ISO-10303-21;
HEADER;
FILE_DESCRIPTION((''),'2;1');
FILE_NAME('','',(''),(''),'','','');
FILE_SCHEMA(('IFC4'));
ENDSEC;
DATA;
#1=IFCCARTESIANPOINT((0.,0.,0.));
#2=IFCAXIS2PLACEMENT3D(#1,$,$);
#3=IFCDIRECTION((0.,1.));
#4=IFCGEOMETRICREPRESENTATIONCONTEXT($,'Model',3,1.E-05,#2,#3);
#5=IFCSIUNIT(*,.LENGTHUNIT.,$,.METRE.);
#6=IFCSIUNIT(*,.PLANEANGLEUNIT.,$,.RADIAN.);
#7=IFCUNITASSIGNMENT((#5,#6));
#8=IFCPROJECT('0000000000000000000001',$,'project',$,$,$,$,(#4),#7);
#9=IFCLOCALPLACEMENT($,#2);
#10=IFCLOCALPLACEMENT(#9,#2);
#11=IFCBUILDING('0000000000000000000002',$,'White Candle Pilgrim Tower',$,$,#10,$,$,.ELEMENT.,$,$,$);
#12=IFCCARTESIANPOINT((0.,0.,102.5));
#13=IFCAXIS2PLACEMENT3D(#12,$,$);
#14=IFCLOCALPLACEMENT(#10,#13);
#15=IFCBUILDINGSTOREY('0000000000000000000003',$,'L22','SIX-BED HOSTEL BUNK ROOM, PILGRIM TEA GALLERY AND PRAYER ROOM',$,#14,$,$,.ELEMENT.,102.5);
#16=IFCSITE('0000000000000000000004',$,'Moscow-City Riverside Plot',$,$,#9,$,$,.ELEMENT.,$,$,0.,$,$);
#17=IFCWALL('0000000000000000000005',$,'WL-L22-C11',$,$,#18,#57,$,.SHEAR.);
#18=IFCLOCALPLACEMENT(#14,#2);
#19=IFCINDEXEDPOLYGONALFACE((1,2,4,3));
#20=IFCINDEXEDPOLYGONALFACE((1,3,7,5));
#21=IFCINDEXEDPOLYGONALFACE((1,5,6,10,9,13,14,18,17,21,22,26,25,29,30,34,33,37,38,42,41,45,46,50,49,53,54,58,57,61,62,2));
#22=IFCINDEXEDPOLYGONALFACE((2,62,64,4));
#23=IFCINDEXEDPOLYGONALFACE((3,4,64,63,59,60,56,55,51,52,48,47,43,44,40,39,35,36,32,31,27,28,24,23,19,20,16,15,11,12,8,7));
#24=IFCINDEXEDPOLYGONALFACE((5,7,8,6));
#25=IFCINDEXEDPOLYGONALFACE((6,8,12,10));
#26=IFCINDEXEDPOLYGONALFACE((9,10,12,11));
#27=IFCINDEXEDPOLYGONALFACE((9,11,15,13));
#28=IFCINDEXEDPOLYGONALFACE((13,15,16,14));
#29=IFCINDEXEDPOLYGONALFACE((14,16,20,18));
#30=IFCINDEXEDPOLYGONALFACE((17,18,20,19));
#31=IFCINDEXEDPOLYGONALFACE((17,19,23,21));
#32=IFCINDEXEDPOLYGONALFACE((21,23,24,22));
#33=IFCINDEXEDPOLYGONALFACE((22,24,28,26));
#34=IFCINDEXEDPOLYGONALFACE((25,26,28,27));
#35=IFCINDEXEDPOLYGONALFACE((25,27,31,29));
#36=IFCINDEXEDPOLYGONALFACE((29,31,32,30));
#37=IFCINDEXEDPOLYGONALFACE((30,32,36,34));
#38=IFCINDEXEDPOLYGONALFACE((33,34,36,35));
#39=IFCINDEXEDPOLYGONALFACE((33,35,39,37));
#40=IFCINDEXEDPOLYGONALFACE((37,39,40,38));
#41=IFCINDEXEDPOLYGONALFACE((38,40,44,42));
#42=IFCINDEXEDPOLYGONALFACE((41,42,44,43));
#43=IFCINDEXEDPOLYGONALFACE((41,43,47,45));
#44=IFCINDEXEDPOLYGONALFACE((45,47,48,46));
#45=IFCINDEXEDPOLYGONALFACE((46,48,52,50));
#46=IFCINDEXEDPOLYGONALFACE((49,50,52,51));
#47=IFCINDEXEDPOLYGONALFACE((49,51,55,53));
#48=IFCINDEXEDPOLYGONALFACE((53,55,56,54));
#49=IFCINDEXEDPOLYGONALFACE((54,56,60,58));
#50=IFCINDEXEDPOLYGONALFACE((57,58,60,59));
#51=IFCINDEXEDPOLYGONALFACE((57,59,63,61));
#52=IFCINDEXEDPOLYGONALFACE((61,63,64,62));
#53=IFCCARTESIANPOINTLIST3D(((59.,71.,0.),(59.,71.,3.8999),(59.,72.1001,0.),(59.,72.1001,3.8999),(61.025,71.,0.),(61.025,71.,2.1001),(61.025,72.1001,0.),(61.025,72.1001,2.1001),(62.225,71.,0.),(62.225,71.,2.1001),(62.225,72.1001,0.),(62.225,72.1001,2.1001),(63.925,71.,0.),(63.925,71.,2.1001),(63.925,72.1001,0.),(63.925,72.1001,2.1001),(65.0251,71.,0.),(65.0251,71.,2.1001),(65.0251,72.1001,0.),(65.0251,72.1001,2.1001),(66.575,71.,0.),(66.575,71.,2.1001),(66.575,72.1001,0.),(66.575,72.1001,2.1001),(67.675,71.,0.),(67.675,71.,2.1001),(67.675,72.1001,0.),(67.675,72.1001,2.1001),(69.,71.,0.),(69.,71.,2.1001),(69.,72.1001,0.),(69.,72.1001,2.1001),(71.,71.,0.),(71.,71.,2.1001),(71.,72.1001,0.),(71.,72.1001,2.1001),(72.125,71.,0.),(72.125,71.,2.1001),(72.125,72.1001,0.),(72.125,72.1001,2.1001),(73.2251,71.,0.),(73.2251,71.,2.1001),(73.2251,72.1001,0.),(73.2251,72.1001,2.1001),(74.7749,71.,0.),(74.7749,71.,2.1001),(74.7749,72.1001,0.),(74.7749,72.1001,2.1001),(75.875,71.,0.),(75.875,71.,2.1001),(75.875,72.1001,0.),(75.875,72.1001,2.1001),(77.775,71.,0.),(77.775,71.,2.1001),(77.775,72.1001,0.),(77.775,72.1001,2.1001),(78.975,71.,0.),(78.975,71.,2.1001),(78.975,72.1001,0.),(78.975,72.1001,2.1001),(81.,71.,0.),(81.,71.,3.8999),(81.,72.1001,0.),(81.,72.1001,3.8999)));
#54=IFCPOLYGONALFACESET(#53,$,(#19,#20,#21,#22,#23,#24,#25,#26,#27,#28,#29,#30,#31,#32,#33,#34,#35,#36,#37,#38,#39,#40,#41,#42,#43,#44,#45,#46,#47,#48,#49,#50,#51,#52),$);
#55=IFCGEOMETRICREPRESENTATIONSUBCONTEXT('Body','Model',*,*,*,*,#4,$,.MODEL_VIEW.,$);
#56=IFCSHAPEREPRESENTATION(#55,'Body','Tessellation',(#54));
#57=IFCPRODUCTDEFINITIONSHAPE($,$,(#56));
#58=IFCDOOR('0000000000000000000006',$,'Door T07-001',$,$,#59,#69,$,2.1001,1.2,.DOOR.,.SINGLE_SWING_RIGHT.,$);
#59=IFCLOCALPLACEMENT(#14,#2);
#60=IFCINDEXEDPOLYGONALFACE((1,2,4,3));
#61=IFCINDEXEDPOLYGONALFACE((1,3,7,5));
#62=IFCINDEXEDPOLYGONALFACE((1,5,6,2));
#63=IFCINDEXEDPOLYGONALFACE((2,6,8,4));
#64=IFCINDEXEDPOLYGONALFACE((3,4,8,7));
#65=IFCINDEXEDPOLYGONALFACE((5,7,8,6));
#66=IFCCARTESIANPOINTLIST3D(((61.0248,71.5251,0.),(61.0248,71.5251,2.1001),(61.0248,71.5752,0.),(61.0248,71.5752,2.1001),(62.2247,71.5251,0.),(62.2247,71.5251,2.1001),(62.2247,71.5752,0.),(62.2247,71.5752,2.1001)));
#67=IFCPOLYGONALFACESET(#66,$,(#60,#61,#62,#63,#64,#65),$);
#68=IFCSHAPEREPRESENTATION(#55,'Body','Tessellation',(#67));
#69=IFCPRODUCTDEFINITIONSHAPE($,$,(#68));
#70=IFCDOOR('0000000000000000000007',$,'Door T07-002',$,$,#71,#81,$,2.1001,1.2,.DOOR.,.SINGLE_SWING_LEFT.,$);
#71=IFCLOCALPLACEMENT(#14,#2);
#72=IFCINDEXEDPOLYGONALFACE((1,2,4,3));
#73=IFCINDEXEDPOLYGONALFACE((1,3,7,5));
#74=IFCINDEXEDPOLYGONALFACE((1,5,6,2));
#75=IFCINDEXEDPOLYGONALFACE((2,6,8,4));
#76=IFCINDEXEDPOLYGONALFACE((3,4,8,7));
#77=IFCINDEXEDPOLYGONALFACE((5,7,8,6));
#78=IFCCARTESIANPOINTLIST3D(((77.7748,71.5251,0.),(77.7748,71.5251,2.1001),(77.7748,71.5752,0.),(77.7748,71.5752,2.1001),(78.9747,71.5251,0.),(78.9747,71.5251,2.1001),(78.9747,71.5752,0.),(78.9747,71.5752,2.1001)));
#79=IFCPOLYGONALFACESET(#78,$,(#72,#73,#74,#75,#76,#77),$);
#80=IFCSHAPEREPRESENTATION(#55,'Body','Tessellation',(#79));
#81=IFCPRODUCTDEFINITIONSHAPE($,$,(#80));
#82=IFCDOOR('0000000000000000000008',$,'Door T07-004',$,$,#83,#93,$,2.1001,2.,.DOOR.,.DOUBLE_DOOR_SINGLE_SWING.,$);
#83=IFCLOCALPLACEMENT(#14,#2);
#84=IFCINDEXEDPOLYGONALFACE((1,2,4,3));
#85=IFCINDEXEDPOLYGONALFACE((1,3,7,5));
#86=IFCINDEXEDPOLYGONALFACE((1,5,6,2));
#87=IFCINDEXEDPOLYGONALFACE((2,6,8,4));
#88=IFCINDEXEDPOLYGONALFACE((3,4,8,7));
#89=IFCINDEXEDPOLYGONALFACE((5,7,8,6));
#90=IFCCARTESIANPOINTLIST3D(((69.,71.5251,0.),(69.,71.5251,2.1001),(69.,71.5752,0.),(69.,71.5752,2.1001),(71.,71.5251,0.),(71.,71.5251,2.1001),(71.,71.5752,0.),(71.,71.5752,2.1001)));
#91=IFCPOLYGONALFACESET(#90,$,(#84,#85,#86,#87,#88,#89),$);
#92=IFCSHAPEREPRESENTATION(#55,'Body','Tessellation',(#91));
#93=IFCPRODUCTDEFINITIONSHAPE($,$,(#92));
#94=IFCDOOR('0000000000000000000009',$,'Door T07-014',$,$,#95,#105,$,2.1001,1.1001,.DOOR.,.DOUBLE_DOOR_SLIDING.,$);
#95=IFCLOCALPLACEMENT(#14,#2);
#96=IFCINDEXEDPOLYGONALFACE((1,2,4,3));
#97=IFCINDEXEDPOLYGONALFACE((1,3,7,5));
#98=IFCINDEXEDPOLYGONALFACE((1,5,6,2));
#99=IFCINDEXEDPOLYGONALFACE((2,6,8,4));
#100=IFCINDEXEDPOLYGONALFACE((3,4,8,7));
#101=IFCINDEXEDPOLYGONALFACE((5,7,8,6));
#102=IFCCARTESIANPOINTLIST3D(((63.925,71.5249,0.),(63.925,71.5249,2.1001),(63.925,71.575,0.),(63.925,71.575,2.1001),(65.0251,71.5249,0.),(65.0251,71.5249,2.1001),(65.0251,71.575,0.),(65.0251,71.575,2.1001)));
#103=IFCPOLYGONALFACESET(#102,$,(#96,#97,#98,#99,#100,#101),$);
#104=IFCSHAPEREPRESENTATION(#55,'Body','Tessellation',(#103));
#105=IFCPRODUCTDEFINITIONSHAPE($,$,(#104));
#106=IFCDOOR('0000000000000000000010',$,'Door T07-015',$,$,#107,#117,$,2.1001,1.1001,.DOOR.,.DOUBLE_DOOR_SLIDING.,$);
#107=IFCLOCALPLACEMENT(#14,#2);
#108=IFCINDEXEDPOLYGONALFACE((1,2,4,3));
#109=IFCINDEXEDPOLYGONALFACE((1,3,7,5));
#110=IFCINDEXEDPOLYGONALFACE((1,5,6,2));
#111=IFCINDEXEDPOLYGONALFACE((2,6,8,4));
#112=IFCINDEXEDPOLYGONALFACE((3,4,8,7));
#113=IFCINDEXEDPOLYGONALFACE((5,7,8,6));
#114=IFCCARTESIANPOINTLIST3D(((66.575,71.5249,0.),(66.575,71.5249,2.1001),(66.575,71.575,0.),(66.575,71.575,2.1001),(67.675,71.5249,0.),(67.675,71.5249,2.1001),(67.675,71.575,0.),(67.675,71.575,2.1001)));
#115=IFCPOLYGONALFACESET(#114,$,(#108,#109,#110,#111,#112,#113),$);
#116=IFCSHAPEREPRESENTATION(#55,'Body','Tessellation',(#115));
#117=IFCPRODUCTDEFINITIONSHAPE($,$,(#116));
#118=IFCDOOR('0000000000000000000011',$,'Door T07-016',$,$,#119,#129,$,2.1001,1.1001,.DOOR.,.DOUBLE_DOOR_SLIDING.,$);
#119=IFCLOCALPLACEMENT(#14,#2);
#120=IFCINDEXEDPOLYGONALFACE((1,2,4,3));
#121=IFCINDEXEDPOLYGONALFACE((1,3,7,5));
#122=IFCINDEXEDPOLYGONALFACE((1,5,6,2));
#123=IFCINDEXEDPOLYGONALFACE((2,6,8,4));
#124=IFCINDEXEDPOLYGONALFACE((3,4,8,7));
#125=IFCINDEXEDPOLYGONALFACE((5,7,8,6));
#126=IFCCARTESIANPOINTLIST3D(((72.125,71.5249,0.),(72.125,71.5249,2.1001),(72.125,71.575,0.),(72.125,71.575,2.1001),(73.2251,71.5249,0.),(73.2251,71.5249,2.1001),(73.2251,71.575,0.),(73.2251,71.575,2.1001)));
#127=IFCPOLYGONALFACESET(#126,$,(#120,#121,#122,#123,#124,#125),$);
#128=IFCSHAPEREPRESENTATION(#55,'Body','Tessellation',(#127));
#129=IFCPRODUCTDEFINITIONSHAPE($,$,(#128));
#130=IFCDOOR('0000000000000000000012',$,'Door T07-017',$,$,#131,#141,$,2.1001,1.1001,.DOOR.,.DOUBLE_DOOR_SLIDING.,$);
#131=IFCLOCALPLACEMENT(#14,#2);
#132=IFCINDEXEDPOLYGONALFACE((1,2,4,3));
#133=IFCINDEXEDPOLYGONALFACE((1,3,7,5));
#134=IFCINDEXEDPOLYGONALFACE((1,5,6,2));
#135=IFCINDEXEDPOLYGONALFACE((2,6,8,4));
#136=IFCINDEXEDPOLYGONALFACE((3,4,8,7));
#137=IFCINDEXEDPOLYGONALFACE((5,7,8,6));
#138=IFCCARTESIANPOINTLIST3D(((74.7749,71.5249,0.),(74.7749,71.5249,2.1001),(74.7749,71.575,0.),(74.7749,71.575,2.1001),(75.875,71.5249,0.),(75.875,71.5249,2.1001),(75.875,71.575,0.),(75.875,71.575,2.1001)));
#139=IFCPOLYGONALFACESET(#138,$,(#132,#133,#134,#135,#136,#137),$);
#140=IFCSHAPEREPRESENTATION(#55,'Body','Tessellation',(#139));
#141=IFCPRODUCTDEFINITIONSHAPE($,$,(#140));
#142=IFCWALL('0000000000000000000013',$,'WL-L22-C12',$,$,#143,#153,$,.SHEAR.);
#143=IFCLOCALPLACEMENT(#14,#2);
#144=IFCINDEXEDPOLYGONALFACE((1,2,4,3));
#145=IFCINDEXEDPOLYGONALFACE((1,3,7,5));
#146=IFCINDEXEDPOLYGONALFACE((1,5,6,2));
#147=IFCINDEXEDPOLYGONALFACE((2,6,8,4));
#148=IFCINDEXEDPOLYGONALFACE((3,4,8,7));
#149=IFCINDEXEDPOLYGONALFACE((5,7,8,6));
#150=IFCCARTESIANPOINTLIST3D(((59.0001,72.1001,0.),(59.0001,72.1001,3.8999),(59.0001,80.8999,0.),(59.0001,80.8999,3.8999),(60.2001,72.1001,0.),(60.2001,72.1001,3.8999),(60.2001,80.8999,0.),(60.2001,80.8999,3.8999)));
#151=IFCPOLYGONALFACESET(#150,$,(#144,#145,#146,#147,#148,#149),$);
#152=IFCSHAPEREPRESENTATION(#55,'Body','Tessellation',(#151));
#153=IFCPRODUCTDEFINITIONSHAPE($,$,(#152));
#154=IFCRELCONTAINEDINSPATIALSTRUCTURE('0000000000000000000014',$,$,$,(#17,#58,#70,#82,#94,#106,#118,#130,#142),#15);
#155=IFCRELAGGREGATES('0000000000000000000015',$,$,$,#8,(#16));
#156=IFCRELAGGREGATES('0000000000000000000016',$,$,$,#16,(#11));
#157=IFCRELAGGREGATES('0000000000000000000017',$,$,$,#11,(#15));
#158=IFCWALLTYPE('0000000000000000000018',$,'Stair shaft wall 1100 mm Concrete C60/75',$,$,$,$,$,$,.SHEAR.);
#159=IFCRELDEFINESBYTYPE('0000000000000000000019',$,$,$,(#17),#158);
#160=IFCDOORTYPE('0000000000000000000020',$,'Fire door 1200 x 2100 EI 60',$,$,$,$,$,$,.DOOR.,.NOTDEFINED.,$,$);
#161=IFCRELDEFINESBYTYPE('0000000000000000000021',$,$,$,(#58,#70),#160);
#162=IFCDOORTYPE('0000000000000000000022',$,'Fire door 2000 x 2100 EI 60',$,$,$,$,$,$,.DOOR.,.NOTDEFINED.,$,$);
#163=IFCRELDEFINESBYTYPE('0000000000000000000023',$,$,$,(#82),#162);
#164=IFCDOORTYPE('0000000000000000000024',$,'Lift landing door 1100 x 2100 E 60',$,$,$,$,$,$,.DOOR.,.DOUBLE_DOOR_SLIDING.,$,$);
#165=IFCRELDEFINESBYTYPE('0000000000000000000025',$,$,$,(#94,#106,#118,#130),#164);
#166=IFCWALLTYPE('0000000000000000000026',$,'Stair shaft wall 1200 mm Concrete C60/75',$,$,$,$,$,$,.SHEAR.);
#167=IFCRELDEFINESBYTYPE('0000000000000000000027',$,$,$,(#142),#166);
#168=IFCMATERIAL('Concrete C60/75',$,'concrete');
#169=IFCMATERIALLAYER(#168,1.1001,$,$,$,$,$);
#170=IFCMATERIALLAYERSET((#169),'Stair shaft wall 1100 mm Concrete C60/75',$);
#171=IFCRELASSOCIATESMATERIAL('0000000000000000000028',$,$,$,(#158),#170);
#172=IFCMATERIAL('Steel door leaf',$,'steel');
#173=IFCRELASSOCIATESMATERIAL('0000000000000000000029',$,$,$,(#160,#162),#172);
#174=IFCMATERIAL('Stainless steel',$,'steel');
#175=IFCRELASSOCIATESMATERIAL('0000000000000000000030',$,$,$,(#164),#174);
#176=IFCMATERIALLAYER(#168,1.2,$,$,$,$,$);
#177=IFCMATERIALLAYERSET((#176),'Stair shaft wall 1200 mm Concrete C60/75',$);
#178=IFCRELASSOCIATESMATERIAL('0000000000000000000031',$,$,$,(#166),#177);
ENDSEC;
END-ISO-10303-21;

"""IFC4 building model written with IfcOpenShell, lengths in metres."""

from ifc_helpers import new_model, si_unit, direction, frame, frame_2d, origin, place, context, subcontext, project, spatial, rectangle, extrude, material, layer, layer_set, type_object, element, fill, save


model = new_model("IFC4")

# Units and contexts
model_context = context("Model", 3, precision=1e-05, world=origin(), true_north=direction((0.0, 1.0)))
body_context = subcontext(model_context, "Body", "Model", "MODEL_VIEW")
ifc_project = project(units=[si_unit("LENGTHUNIT", "METRE"), si_unit("PLANEANGLEUNIT", "RADIAN")], contexts=[model_context])

# Site, building, storey
site_placement = place(None, origin())
site = spatial("IfcSite", under=ifc_project, at=site_placement, Name="Moscow-City Riverside Plot", CompositionType="ELEMENT", RefElevation=0.0)
building_placement = place(site_placement, origin())
building = spatial("IfcBuilding", under=site, at=building_placement, Name="White Candle Pilgrim Tower", CompositionType="ELEMENT")
storey_placement = place(building_placement, frame((0.0, 0.0, 102.5)))
storey = spatial("IfcBuildingStorey", under=building, at=storey_placement, Name="L22", Description="SIX-BED HOSTEL BUNK ROOM, PILGRIM TEA GALLERY AND PRAYER ROOM", CompositionType="ELEMENT", Elevation=102.5)

# Shared definitions
ifc_material_1 = material(Name="Steel door leaf", Category="steel")

# Shared definitions
ifc_material_2 = material(Name="Concrete C60/75", Category="concrete")

# Wall, openings, doors
ifc_layer_1 = layer(ifc_material_2, 1.1001)
ifc_layer_set_1 = layer_set([ifc_layer_1], Name="Stair shaft wall 1100 mm Concrete C60/75")
wall_type_1 = type_object("IfcWallType", Name="Stair shaft wall 1100 mm Concrete C60/75", PredefinedType="SHEAR", material=ifc_layer_set_1)
wall_1_placement = place(storey_placement, frame((59.0, 71.55, 0.0), z_axis=(0.0, 0.0, 1.0), x_axis=(1.0, 0.0, 0.0)))
wall_1 = element("IfcWall", 1, at=wall_1_placement, inside=storey, type_object=wall_type_1, Name="WL-L22-C11", PredefinedType="SHEAR", context=body_context, shape_type="SweptSolid", body=[
    extrude(rectangle(XDim=22.0, YDim=1.1001, at=frame_2d((11.0, 0.0))), origin(), (0.0, 0.0, 1.0), 3.8999),
])
opening_1_placement = place(wall_1_placement, frame((2.0249, 0.0, 0.0)))
opening_1 = element("IfcOpeningElement", 2, at=opening_1_placement, cuts=wall_1, PredefinedType="OPENING", context=body_context, shape_type="SweptSolid", body=[
    extrude(rectangle(XDim=1.2, YDim=2.1001, at=frame_2d((0.6001, 1.05))), frame((0.0, 0.5601, 0.0), z_axis=(0.0, -1.0, 0.0), x_axis=(1.0, 0.0, 0.0)), (0.0, 0.0, 1.0), 1.1201),
])
opening_2_placement = place(wall_1_placement, frame((18.7749, 0.0, 0.0)))
opening_2 = element("IfcOpeningElement", 3, at=opening_2_placement, cuts=wall_1, PredefinedType="OPENING", context=body_context, shape_type="SweptSolid", body=[
    extrude(rectangle(XDim=1.2, YDim=2.1001, at=frame_2d((0.6001, 1.05))), frame((0.0, 0.5601, 0.0), z_axis=(0.0, -1.0, 0.0), x_axis=(1.0, 0.0, 0.0)), (0.0, 0.0, 1.0), 1.1201),
])
opening_3_placement = place(wall_1_placement, frame((10.0, 0.0, 0.0)))
opening_3 = element("IfcOpeningElement", 4, at=opening_3_placement, cuts=wall_1, PredefinedType="OPENING", context=body_context, shape_type="SweptSolid", body=[
    extrude(rectangle(XDim=2.0, YDim=2.1001, at=frame_2d((1.0, 1.05))), frame((0.0, 0.5601, 0.0), z_axis=(0.0, -1.0, 0.0), x_axis=(1.0, 0.0, 0.0)), (0.0, 0.0, 1.0), 1.1201),
])
opening_4_placement = place(wall_1_placement, frame((4.925, 0.0, 0.0)))
opening_4 = element("IfcOpeningElement", 5, at=opening_4_placement, cuts=wall_1, PredefinedType="OPENING", context=body_context, shape_type="SweptSolid", body=[
    extrude(rectangle(XDim=1.1001, YDim=2.1001, at=frame_2d((0.55, 1.05))), frame((0.0, 0.5601, 0.0), z_axis=(0.0, -1.0, 0.0), x_axis=(1.0, 0.0, 0.0)), (0.0, 0.0, 1.0), 1.1201),
])
opening_5_placement = place(wall_1_placement, frame((7.575, 0.0, 0.0)))
opening_5 = element("IfcOpeningElement", 6, at=opening_5_placement, cuts=wall_1, PredefinedType="OPENING", context=body_context, shape_type="SweptSolid", body=[
    extrude(rectangle(XDim=1.1001, YDim=2.1001, at=frame_2d((0.55, 1.05))), frame((0.0, 0.5601, 0.0), z_axis=(0.0, -1.0, 0.0), x_axis=(1.0, 0.0, 0.0)), (0.0, 0.0, 1.0), 1.1201),
])
opening_6_placement = place(wall_1_placement, frame((13.125, 0.0, 0.0)))
opening_6 = element("IfcOpeningElement", 7, at=opening_6_placement, cuts=wall_1, PredefinedType="OPENING", context=body_context, shape_type="SweptSolid", body=[
    extrude(rectangle(XDim=1.1001, YDim=2.1001, at=frame_2d((0.55, 1.05))), frame((0.0, 0.5601, 0.0), z_axis=(0.0, -1.0, 0.0), x_axis=(1.0, 0.0, 0.0)), (0.0, 0.0, 1.0), 1.1201),
])
opening_7_placement = place(wall_1_placement, frame((15.7749, 0.0, 0.0)))
opening_7 = element("IfcOpeningElement", 8, at=opening_7_placement, cuts=wall_1, PredefinedType="OPENING", context=body_context, shape_type="SweptSolid", body=[
    extrude(rectangle(XDim=1.1001, YDim=2.1001, at=frame_2d((0.55, 1.05))), frame((0.0, 0.5601, 0.0), z_axis=(0.0, -1.0, 0.0), x_axis=(1.0, 0.0, 0.0)), (0.0, 0.0, 1.0), 1.1201),
])
door_type_1 = type_object("IfcDoorType", Name="Fire door 1200 x 2100 EI 60", OperationType="NOTDEFINED", PredefinedType="DOOR", material=ifc_material_1)
door_1_placement = place(opening_1_placement, frame((1.2, 0.0, 0.0), z_axis=(0.0, 0.0, 1.0), x_axis=(-1.0, 0.0, 0.0)))
door_1 = element("IfcDoor", 9, at=door_1_placement, inside=storey, type_object=door_type_1, Name="Door T07-001", OperationType="SINGLE_SWING_RIGHT", OverallHeight=2.1001, OverallWidth=1.2, PredefinedType="DOOR", context=body_context, shape_type="SweptSolid", body=[
    extrude(rectangle(XDim=1.2, YDim=2.1001, at=frame_2d((0.6001, 1.05))), frame((0.0, 0.0249, 0.0), z_axis=(0.0, -1.0, 0.0), x_axis=(1.0, 0.0, 0.0)), (0.0, 0.0, 1.0), 0.05),
])
fill(opening_1, door_1)
door_2_placement = place(opening_2_placement, frame((1.2, 0.0, 0.0), z_axis=(0.0, 0.0, 1.0), x_axis=(-1.0, 0.0, 0.0)))
door_2 = element("IfcDoor", 10, at=door_2_placement, inside=storey, type_object=door_type_1, Name="Door T07-002", OperationType="SINGLE_SWING_LEFT", OverallHeight=2.1001, OverallWidth=1.2, PredefinedType="DOOR", context=body_context, shape_type="SweptSolid", body=[
    extrude(rectangle(XDim=1.2, YDim=2.1001, at=frame_2d((0.6001, 1.05))), frame((0.0, 0.0249, 0.0), z_axis=(0.0, -1.0, 0.0), x_axis=(1.0, 0.0, 0.0)), (0.0, 0.0, 1.0), 0.05),
])
fill(opening_2, door_2)
door_type_2 = type_object("IfcDoorType", Name="Fire door 2000 x 2100 EI 60", OperationType="NOTDEFINED", PredefinedType="DOOR", material=ifc_material_1)
door_3_placement = place(opening_3_placement, frame((2.0, 0.0, 0.0), z_axis=(0.0, 0.0, 1.0), x_axis=(-1.0, 0.0, 0.0)))
door_3 = element("IfcDoor", 11, at=door_3_placement, inside=storey, type_object=door_type_2, Name="Door T07-004", OperationType="DOUBLE_DOOR_SINGLE_SWING", OverallHeight=2.1001, OverallWidth=2.0, PredefinedType="DOOR", context=body_context, shape_type="SweptSolid", body=[
    extrude(rectangle(XDim=2.0, YDim=2.1001, at=frame_2d((1.0, 1.05))), frame((0.0, 0.0249, 0.0), z_axis=(0.0, -1.0, 0.0), x_axis=(1.0, 0.0, 0.0)), (0.0, 0.0, 1.0), 0.05),
])
fill(opening_3, door_3)
ifc_material_3 = material(Name="Stainless steel", Category="steel")
door_type_3 = type_object("IfcDoorType", Name="Lift landing door 1100 x 2100 E 60", OperationType="DOUBLE_DOOR_SLIDING", PredefinedType="DOOR", material=ifc_material_3)
door_4_placement = place(opening_4_placement, origin())
door_4 = element("IfcDoor", 12, at=door_4_placement, inside=storey, type_object=door_type_3, Name="Door T07-014", OperationType="DOUBLE_DOOR_SLIDING", OverallHeight=2.1001, OverallWidth=1.1001, PredefinedType="DOOR", context=body_context, shape_type="SweptSolid", body=[
    extrude(rectangle(XDim=1.1001, YDim=2.1001, at=frame_2d((0.55, 1.05))), frame((0.0, 0.0249, 0.0), z_axis=(0.0, -1.0, 0.0), x_axis=(1.0, 0.0, 0.0)), (0.0, 0.0, 1.0), 0.05),
])
fill(opening_4, door_4)
door_5_placement = place(opening_5_placement, origin())
door_5 = element("IfcDoor", 13, at=door_5_placement, inside=storey, type_object=door_type_3, Name="Door T07-015", OperationType="DOUBLE_DOOR_SLIDING", OverallHeight=2.1001, OverallWidth=1.1001, PredefinedType="DOOR", context=body_context, shape_type="SweptSolid", body=[
    extrude(rectangle(XDim=1.1001, YDim=2.1001, at=frame_2d((0.55, 1.05))), frame((0.0, 0.0249, 0.0), z_axis=(0.0, -1.0, 0.0), x_axis=(1.0, 0.0, 0.0)), (0.0, 0.0, 1.0), 0.05),
])
fill(opening_5, door_5)
door_6_placement = place(opening_6_placement, origin())
door_6 = element("IfcDoor", 14, at=door_6_placement, inside=storey, type_object=door_type_3, Name="Door T07-016", OperationType="DOUBLE_DOOR_SLIDING", OverallHeight=2.1001, OverallWidth=1.1001, PredefinedType="DOOR", context=body_context, shape_type="SweptSolid", body=[
    extrude(rectangle(XDim=1.1001, YDim=2.1001, at=frame_2d((0.55, 1.05))), frame((0.0, 0.0249, 0.0), z_axis=(0.0, -1.0, 0.0), x_axis=(1.0, 0.0, 0.0)), (0.0, 0.0, 1.0), 0.05),
])
fill(opening_6, door_6)
door_7_placement = place(opening_7_placement, origin())
door_7 = element("IfcDoor", 15, at=door_7_placement, inside=storey, type_object=door_type_3, Name="Door T07-017", OperationType="DOUBLE_DOOR_SLIDING", OverallHeight=2.1001, OverallWidth=1.1001, PredefinedType="DOOR", context=body_context, shape_type="SweptSolid", body=[
    extrude(rectangle(XDim=1.1001, YDim=2.1001, at=frame_2d((0.55, 1.05))), frame((0.0, 0.0249, 0.0), z_axis=(0.0, -1.0, 0.0), x_axis=(1.0, 0.0, 0.0)), (0.0, 0.0, 1.0), 0.05),
])
fill(opening_7, door_7)

# Wall
ifc_layer_2 = layer(ifc_material_2, 1.2)
ifc_layer_set_2 = layer_set([ifc_layer_2], Name="Stair shaft wall 1200 mm Concrete C60/75")
wall_type_2 = type_object("IfcWallType", Name="Stair shaft wall 1200 mm Concrete C60/75", PredefinedType="SHEAR", material=ifc_layer_set_2)
wall_2_placement = place(storey_placement, frame((59.6001, 72.1001, 0.0), z_axis=(0.0, 0.0, 1.0), x_axis=(0.0, 1.0, 0.0)))
element("IfcWall", 16, at=wall_2_placement, inside=storey, type_object=wall_type_2, Name="WL-L22-C12", PredefinedType="SHEAR", context=body_context, shape_type="SweptSolid", body=[
    extrude(rectangle(XDim=8.7998, YDim=1.2, at=frame_2d((4.3999, 0.0))), origin(), (0.0, 0.0, 1.0), 3.8999),
])

save(model, "model.ifc")
